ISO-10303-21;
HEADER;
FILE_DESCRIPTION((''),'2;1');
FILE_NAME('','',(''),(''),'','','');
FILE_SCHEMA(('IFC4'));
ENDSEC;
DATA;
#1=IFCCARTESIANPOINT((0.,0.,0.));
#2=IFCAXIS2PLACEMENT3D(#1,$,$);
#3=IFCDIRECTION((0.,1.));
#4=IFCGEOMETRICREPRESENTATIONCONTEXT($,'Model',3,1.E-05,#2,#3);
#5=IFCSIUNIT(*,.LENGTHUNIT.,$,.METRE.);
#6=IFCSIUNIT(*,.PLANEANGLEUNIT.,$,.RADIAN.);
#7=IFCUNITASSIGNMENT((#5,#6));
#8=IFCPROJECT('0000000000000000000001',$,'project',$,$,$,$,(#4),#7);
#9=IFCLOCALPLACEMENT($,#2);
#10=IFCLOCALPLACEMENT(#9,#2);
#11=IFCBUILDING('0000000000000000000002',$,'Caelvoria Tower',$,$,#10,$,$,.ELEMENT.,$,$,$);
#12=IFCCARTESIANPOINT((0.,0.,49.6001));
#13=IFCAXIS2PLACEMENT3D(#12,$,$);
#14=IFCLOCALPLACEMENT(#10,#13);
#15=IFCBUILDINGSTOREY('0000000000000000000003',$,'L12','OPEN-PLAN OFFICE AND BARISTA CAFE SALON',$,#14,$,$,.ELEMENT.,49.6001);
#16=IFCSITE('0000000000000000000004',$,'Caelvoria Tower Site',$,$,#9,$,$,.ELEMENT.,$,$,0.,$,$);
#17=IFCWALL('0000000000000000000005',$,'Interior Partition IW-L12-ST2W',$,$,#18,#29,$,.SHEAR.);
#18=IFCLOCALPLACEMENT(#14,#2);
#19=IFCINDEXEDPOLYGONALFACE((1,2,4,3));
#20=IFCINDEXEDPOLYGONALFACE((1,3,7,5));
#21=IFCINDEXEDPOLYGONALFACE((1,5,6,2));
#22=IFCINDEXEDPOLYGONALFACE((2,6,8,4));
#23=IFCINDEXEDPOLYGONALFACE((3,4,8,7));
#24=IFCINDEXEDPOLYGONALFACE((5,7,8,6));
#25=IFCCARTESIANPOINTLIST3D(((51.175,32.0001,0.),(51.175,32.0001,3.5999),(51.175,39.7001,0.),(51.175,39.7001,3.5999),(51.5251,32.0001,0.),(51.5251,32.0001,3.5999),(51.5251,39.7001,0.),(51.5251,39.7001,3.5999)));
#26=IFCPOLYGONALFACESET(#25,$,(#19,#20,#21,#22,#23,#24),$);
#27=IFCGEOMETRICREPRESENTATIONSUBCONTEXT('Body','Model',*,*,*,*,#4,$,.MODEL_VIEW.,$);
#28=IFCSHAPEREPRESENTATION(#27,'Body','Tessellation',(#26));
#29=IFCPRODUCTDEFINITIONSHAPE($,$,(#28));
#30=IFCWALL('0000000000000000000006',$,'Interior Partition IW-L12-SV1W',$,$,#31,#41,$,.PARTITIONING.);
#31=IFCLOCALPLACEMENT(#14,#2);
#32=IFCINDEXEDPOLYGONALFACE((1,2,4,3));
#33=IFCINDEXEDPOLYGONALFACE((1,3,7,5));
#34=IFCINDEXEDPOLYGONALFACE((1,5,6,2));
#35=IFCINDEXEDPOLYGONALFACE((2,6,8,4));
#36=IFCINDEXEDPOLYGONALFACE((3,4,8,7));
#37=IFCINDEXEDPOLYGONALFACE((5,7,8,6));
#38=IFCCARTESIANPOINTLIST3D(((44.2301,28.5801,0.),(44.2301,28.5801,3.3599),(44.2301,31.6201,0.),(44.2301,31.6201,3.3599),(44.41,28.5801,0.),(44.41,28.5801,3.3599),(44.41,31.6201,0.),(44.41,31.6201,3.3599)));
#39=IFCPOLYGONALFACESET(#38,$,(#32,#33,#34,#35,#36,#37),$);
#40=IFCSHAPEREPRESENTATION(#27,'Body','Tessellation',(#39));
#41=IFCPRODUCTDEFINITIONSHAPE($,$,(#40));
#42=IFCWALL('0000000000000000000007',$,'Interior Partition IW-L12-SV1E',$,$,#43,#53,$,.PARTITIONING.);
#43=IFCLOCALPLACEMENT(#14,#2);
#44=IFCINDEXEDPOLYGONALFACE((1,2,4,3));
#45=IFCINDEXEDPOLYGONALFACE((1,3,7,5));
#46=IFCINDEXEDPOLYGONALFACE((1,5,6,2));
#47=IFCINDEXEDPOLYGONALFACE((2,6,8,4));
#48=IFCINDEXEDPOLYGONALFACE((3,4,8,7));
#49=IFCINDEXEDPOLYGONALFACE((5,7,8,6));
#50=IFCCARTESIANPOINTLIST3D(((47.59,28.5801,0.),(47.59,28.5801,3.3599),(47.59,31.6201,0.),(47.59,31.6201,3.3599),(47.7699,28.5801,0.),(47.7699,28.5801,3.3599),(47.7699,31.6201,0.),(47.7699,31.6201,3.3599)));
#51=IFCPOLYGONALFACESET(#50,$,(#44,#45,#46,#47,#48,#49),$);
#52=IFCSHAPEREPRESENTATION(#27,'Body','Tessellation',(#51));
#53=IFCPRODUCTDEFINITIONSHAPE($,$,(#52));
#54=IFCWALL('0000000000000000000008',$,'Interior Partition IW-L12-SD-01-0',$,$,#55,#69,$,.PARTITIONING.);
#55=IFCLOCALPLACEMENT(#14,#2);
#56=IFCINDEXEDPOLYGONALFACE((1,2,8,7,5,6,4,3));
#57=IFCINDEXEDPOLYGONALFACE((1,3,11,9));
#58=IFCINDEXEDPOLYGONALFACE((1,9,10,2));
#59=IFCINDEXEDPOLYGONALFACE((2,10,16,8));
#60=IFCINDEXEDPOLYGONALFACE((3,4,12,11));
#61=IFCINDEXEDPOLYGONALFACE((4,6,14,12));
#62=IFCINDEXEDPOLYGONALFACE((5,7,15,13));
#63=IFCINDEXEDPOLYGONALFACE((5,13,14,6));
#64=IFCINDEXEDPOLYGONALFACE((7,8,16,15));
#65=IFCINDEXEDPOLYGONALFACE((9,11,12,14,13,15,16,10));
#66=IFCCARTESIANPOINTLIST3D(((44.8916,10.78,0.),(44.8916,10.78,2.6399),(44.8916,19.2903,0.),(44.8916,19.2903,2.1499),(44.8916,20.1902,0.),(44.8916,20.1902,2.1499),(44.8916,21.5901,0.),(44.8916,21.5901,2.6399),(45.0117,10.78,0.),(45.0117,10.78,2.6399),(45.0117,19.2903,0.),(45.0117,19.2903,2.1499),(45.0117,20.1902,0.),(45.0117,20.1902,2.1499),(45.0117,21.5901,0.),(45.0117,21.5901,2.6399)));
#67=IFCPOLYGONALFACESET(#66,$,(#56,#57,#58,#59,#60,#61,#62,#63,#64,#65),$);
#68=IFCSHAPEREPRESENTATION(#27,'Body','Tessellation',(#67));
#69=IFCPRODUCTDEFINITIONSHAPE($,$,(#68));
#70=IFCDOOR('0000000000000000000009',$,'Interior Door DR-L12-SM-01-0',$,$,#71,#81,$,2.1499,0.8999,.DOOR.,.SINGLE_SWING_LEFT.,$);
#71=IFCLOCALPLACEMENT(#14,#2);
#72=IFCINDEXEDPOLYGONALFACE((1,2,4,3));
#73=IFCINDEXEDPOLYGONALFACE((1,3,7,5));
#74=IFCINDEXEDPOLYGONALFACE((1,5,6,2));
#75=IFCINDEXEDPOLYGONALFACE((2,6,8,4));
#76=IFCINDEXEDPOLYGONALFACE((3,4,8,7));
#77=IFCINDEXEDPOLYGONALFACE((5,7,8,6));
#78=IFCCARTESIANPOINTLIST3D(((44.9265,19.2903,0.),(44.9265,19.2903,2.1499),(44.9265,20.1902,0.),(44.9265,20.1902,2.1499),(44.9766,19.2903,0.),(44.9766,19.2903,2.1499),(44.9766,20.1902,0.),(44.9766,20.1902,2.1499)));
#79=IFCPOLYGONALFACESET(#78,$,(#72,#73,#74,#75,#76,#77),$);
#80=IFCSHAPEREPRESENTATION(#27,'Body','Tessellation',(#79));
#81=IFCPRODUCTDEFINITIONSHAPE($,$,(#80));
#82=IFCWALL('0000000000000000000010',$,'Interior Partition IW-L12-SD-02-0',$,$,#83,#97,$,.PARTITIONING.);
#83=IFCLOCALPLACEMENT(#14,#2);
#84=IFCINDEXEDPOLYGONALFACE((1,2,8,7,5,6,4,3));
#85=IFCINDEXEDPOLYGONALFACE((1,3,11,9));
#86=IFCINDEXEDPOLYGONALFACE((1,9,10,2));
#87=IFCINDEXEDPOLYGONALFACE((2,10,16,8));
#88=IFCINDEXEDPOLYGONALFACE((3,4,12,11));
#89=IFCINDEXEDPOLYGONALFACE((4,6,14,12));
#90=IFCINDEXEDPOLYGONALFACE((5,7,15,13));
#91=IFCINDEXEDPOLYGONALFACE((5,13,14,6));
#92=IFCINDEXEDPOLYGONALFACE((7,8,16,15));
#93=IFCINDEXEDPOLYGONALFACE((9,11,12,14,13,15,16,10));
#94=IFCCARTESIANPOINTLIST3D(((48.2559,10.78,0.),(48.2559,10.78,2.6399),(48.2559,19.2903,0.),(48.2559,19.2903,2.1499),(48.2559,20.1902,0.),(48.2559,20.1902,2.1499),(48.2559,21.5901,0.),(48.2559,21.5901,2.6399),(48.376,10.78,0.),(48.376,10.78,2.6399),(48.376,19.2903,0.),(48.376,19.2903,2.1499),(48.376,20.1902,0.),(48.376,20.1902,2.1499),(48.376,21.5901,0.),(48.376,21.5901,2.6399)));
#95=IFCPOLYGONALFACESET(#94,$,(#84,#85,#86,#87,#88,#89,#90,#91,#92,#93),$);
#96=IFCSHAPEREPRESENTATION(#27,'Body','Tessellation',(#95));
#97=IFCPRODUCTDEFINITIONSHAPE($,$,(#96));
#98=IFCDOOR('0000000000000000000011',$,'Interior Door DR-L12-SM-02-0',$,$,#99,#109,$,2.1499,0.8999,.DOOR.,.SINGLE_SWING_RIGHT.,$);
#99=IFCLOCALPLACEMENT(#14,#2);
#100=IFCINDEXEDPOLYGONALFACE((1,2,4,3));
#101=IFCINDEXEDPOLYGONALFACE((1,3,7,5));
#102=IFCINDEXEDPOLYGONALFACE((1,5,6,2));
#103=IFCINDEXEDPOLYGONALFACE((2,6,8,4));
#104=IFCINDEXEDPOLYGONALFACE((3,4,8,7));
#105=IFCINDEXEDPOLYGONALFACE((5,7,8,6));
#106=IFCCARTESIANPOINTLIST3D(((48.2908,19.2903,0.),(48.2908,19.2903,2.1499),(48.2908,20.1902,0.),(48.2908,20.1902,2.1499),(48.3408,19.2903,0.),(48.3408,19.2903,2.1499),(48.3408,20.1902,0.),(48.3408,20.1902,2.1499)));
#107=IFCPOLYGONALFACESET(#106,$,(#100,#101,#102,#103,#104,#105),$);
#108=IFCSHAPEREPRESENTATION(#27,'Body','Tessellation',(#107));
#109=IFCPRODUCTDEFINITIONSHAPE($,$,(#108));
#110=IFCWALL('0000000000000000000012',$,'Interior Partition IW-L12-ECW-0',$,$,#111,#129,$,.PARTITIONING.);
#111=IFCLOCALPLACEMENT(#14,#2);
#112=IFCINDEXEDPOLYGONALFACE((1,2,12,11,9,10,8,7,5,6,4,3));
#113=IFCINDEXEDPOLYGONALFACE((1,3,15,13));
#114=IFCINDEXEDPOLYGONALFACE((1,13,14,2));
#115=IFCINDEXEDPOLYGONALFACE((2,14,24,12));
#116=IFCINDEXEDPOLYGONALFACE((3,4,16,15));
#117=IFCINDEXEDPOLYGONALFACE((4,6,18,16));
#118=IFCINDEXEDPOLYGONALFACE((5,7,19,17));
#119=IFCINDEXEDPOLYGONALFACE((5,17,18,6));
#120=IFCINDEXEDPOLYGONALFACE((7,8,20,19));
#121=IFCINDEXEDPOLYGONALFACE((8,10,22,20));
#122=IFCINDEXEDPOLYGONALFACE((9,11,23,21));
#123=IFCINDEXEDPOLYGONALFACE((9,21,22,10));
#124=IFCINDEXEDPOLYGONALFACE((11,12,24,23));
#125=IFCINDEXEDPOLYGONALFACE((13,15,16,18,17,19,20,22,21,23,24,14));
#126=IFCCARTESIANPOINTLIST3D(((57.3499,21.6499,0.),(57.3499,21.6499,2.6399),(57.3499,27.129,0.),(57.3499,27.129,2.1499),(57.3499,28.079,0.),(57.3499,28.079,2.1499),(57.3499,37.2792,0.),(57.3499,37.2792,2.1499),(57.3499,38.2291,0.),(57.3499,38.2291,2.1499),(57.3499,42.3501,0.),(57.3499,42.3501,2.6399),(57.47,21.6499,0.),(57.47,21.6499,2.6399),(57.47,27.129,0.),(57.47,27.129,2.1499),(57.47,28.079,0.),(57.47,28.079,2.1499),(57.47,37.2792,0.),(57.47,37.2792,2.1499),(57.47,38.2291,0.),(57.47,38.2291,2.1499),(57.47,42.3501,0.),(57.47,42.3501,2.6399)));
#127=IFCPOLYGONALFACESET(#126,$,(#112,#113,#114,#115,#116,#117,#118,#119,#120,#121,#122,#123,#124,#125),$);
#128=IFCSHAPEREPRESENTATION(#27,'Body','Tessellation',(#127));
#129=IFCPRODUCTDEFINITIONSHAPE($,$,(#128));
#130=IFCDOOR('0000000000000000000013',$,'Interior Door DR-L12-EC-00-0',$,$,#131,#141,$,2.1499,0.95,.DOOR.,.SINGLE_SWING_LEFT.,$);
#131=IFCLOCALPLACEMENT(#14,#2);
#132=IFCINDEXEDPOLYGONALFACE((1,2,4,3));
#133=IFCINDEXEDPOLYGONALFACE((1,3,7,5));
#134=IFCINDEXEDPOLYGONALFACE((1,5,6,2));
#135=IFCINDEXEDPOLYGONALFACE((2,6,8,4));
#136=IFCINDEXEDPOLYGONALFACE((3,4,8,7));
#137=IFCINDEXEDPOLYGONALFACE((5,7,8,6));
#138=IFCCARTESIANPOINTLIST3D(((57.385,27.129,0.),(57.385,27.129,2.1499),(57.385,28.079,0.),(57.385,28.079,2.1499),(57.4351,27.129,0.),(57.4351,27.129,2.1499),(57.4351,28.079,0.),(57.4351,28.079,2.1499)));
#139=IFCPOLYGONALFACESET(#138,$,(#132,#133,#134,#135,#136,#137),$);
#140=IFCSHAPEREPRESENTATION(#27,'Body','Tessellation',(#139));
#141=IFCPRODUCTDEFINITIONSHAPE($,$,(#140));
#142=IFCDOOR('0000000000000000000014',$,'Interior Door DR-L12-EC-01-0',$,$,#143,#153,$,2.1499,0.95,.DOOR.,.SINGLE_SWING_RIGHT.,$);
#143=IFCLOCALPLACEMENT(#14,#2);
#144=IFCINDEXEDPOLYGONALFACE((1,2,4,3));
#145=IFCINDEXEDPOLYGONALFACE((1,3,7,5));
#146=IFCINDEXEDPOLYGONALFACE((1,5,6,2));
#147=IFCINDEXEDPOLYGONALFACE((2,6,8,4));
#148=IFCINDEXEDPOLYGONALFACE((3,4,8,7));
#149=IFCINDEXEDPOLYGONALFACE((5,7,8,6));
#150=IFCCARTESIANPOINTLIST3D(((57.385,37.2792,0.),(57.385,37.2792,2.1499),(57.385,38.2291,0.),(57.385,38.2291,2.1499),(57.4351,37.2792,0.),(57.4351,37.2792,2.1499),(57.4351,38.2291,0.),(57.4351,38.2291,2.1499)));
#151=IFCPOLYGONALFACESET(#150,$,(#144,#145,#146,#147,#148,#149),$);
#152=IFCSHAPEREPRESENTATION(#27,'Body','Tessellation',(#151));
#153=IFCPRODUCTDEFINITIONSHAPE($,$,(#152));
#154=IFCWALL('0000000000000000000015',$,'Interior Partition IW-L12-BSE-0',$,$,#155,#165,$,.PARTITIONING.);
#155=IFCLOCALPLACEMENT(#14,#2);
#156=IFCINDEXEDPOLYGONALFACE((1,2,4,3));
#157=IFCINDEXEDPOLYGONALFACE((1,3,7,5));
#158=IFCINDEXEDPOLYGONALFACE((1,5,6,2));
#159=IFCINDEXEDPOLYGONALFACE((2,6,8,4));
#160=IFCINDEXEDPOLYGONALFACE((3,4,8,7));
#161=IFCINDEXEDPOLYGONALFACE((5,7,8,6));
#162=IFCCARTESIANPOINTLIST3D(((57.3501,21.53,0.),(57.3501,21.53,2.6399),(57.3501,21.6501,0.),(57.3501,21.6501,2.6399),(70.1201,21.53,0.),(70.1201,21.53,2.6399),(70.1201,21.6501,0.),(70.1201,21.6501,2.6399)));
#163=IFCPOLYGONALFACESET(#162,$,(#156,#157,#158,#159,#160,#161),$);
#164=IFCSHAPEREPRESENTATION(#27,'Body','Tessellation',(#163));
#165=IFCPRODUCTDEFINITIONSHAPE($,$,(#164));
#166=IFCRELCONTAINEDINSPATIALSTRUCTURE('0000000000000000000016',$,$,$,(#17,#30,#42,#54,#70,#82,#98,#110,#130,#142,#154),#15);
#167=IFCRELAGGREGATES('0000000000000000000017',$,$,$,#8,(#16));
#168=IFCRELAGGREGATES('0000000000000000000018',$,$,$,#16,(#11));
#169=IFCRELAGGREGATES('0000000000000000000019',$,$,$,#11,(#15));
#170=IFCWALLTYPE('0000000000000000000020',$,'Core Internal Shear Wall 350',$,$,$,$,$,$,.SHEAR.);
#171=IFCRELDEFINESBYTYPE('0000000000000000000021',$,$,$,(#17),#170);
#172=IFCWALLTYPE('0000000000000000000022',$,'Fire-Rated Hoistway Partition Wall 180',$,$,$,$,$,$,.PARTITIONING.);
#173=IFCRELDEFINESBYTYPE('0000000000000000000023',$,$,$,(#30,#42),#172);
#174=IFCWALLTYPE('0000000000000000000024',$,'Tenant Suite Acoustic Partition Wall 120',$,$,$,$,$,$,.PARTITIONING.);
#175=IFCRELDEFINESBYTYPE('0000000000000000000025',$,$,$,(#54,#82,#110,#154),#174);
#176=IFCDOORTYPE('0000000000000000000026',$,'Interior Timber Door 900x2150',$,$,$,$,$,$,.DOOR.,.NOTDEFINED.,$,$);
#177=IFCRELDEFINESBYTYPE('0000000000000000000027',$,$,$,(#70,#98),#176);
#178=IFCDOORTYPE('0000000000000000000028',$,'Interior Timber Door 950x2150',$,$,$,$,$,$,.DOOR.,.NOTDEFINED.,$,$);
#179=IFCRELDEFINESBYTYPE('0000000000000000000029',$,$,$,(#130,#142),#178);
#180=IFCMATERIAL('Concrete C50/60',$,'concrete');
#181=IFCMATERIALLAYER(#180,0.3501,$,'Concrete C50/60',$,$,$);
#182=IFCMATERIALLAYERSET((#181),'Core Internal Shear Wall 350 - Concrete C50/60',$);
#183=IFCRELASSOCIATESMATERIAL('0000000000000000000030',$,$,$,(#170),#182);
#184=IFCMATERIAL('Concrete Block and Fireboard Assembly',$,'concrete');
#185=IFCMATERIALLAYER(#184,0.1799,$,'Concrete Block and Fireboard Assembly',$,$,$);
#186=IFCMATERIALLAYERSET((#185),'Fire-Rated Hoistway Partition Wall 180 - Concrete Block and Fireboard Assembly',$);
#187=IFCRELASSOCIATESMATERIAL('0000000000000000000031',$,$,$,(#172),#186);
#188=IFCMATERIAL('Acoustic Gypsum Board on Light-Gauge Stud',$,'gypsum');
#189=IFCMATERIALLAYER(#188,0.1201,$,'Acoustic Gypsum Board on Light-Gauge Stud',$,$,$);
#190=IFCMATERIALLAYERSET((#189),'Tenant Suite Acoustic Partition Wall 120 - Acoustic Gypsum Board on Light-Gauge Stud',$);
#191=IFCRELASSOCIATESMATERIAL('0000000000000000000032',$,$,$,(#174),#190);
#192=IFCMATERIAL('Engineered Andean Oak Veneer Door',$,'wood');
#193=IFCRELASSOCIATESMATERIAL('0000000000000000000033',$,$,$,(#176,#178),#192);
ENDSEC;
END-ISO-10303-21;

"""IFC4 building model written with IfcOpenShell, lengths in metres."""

from ifc_helpers import new_model, si_unit, direction, frame, frame_2d, origin, place, context, subcontext, project, spatial, rectangle, extrude, material, layer, layer_set, type_object, element, fill, save


model = new_model("IFC4")

# Units and contexts
model_context = context("Model", 3, precision=1e-05, world=origin(), true_north=direction((0.0, 1.0)))
body_context = subcontext(model_context, "Body", "Model", "MODEL_VIEW")
ifc_project = project(units=[si_unit("LENGTHUNIT", "METRE"), si_unit("PLANEANGLEUNIT", "RADIAN")], contexts=[model_context])

# Site, building, storey
site_placement = place(None, origin())
site = spatial("IfcSite", under=ifc_project, at=site_placement, Name="Caelvoria Tower Site", CompositionType="ELEMENT", RefElevation=0.0)
building_placement = place(site_placement, origin())
building = spatial("IfcBuilding", under=site, at=building_placement, Name="Caelvoria Tower", CompositionType="ELEMENT")
storey_placement = place(building_placement, frame((0.0, 0.0, 49.6001)))
storey = spatial("IfcBuildingStorey", under=building, at=storey_placement, Name="L12", Description="OPEN-PLAN OFFICE AND BARISTA CAFE SALON", CompositionType="ELEMENT", Elevation=49.6001)

# Wall
ifc_material_1 = material(Name="Concrete C50/60", Category="concrete")
ifc_layer_1 = layer(ifc_material_1, 0.3501, Name="Concrete C50/60")
ifc_layer_set_1 = layer_set([ifc_layer_1], Name="Core Internal Shear Wall 350 - Concrete C50/60")
wall_type_1 = type_object("IfcWallType", Name="Core Internal Shear Wall 350", PredefinedType="SHEAR", material=ifc_layer_set_1)
wall_1_placement = place(storey_placement, frame((51.3501, 32.0, 0.0), z_axis=(0.0, 0.0, 1.0), x_axis=(0.0, 1.0, 0.0)))
element("IfcWall", 1, at=wall_1_placement, inside=storey, type_object=wall_type_1, Name="Interior Partition IW-L12-ST2W", PredefinedType="SHEAR", context=body_context, shape_type="SweptSolid", body=[
    extrude(rectangle(XDim=7.7, YDim=0.3501, at=frame_2d((3.8501, 0.0))), origin(), (0.0, 0.0, 1.0), 3.5999),
])

# Walls
ifc_material_2 = material(Name="Concrete Block and Fireboard Assembly", Category="concrete")
ifc_layer_2 = layer(ifc_material_2, 0.1799, Name="Concrete Block and Fireboard Assembly")
ifc_layer_set_2 = layer_set([ifc_layer_2], Name="Fire-Rated Hoistway Partition Wall 180 - Concrete Block and Fireboard Assembly")
wall_type_2 = type_object("IfcWallType", Name="Fire-Rated Hoistway Partition Wall 180", PredefinedType="PARTITIONING", material=ifc_layer_set_2)
for number, where, z_axis, x_axis, name in (
    (2, (44.3201, 28.5801, 0.0), (0.0, 0.0, 1.0), (0.0, 1.0, 0.0), "Interior Partition IW-L12-SV1W"),
    (3, (47.6799, 28.5801, 0.0), (0.0, 0.0, 1.0), (0.0, 1.0, 0.0), "Interior Partition IW-L12-SV1E"),
):
    element("IfcWall", number, at=place(storey_placement, frame(where, z_axis=z_axis, x_axis=x_axis)), inside=storey, type_object=wall_type_2, Name=name, PredefinedType="PARTITIONING", context=body_context, shape_type="SweptSolid", body=[
        extrude(rectangle(XDim=3.04, YDim=0.1799, at=frame_2d((1.52, 0.0))), origin(), (0.0, 0.0, 1.0), 3.3599),
    ])

# Walls, openings, doors
ifc_material_3 = material(Name="Acoustic Gypsum Board on Light-Gauge Stud", Category="gypsum")
ifc_layer_3 = layer(ifc_material_3, 0.1201, Name="Acoustic Gypsum Board on Light-Gauge Stud")
ifc_layer_set_3 = layer_set([ifc_layer_3], Name="Tenant Suite Acoustic Partition Wall 120 - Acoustic Gypsum Board on Light-Gauge Stud")
wall_type_3 = type_object("IfcWallType", Name="Tenant Suite Acoustic Partition Wall 120", PredefinedType="PARTITIONING", material=ifc_layer_set_3)
wall_2_placement = place(storey_placement, frame((44.9517, 21.5901, 0.0), z_axis=(0.0, 0.0, 1.0), x_axis=(0.0, -1.0, 0.0)))
wall_2 = element("IfcWall", 4, at=wall_2_placement, inside=storey, type_object=wall_type_3, Name="Interior Partition IW-L12-SD-01-0", PredefinedType="PARTITIONING", context=body_context, shape_type="SweptSolid", body=[
    extrude(rectangle(XDim=10.8101, YDim=0.1201, at=frame_2d((5.405, 0.0))), origin(), (0.0, 0.0, 1.0), 2.6399),
])
opening_1_placement = place(wall_2_placement, frame((1.3999, 0.0, 0.0)))
opening_1 = element("IfcOpeningElement", 5, at=opening_1_placement, cuts=wall_2, PredefinedType="OPENING", context=body_context, shape_type="SweptSolid", body=[
    extrude(rectangle(XDim=0.8999, YDim=2.1499, at=frame_2d((0.45, 1.075))), frame((0.0, 0.0701, 0.0), z_axis=(0.0, -1.0, 0.0), x_axis=(1.0, 0.0, 0.0)), (0.0, 0.0, 1.0), 0.1401),
])
ifc_material_4 = material(Name="Engineered Andean Oak Veneer Door", Category="wood")
door_type_1 = type_object("IfcDoorType", Name="Interior Timber Door 900x2150", OperationType="NOTDEFINED", PredefinedType="DOOR", material=ifc_material_4)
door_1_placement = place(opening_1_placement, origin())
door_1 = element("IfcDoor", 6, at=door_1_placement, inside=storey, type_object=door_type_1, Name="Interior Door DR-L12-SM-01-0", OperationType="SINGLE_SWING_LEFT", OverallHeight=2.1499, OverallWidth=0.8999, PredefinedType="DOOR", context=body_context, shape_type="SweptSolid", body=[
    extrude(rectangle(XDim=0.8999, YDim=2.1499, at=frame_2d((0.45, 1.075))), frame((0.0, 0.0249, 0.0), z_axis=(0.0, -1.0, 0.0), x_axis=(1.0, 0.0, 0.0)), (0.0, 0.0, 1.0), 0.05),
])
fill(opening_1, door_1)
wall_3_placement = place(storey_placement, frame((48.3159, 21.5901, 0.0), z_axis=(0.0, 0.0, 1.0), x_axis=(0.0, -1.0, 0.0)))
wall_3 = element("IfcWall", 7, at=wall_3_placement, inside=storey, type_object=wall_type_3, Name="Interior Partition IW-L12-SD-02-0", PredefinedType="PARTITIONING", context=body_context, shape_type="SweptSolid", body=[
    extrude(rectangle(XDim=10.8101, YDim=0.1201, at=frame_2d((5.405, 0.0))), origin(), (0.0, 0.0, 1.0), 2.6399),
])
opening_2_placement = place(wall_3_placement, frame((1.3999, 0.0, 0.0)))
opening_2 = element("IfcOpeningElement", 8, at=opening_2_placement, cuts=wall_3, PredefinedType="OPENING", context=body_context, shape_type="SweptSolid", body=[
    extrude(rectangle(XDim=0.8999, YDim=2.1499, at=frame_2d((0.45, 1.075))), frame((0.0, 0.0701, 0.0), z_axis=(0.0, -1.0, 0.0), x_axis=(1.0, 0.0, 0.0)), (0.0, 0.0, 1.0), 0.1401),
])
door_2_placement = place(opening_2_placement, origin())
door_2 = element("IfcDoor", 9, at=door_2_placement, inside=storey, type_object=door_type_1, Name="Interior Door DR-L12-SM-02-0", OperationType="SINGLE_SWING_RIGHT", OverallHeight=2.1499, OverallWidth=0.8999, PredefinedType="DOOR", context=body_context, shape_type="SweptSolid", body=[
    extrude(rectangle(XDim=0.8999, YDim=2.1499, at=frame_2d((0.45, 1.075))), frame((0.0, 0.0249, 0.0), z_axis=(0.0, -1.0, 0.0), x_axis=(1.0, 0.0, 0.0)), (0.0, 0.0, 1.0), 0.05),
])
fill(opening_2, door_2)

# Wall, openings, doors
wall_4_placement = place(storey_placement, frame((57.4099, 21.6499, 0.0), z_axis=(0.0, 0.0, 1.0), x_axis=(0.0, 1.0, 0.0)))
wall_4 = element("IfcWall", 10, at=wall_4_placement, inside=storey, type_object=wall_type_3, Name="Interior Partition IW-L12-ECW-0", PredefinedType="PARTITIONING", context=body_context, shape_type="SweptSolid", body=[
    extrude(rectangle(XDim=20.7002, YDim=0.1201, at=frame_2d((10.3501, 0.0))), origin(), (0.0, 0.0, 1.0), 2.6399),
])
opening_3_placement = place(wall_4_placement, frame((5.479, 0.0, 0.0)))
opening_3 = element("IfcOpeningElement", 11, at=opening_3_placement, cuts=wall_4, PredefinedType="OPENING", context=body_context, shape_type="SweptSolid", body=[
    extrude(rectangle(XDim=0.95, YDim=2.1499, at=frame_2d((0.4751, 1.075))), frame((0.0, 0.0701, 0.0), z_axis=(0.0, -1.0, 0.0), x_axis=(1.0, 0.0, 0.0)), (0.0, 0.0, 1.0), 0.1401),
])
opening_4_placement = place(wall_4_placement, frame((15.6292, 0.0, 0.0)))
opening_4 = element("IfcOpeningElement", 12, at=opening_4_placement, cuts=wall_4, PredefinedType="OPENING", context=body_context, shape_type="SweptSolid", body=[
    extrude(rectangle(XDim=0.95, YDim=2.1499, at=frame_2d((0.4751, 1.075))), frame((0.0, 0.0701, 0.0), z_axis=(0.0, -1.0, 0.0), x_axis=(1.0, 0.0, 0.0)), (0.0, 0.0, 1.0), 0.1401),
])
door_type_2 = type_object("IfcDoorType", Name="Interior Timber Door 950x2150", OperationType="NOTDEFINED", PredefinedType="DOOR", material=ifc_material_4)
door_3_placement = place(opening_3_placement, origin())
door_3 = element("IfcDoor", 13, at=door_3_placement, inside=storey, type_object=door_type_2, Name="Interior Door DR-L12-EC-00-0", OperationType="SINGLE_SWING_LEFT", OverallHeight=2.1499, OverallWidth=0.95, PredefinedType="DOOR", context=body_context, shape_type="SweptSolid", body=[
    extrude(rectangle(XDim=0.95, YDim=2.1499, at=frame_2d((0.4751, 1.075))), frame((0.0, 0.0249, 0.0), z_axis=(0.0, -1.0, 0.0), x_axis=(1.0, 0.0, 0.0)), (0.0, 0.0, 1.0), 0.05),
])
fill(opening_3, door_3)
door_4_placement = place(opening_4_placement, origin())
door_4 = element("IfcDoor", 14, at=door_4_placement, inside=storey, type_object=door_type_2, Name="Interior Door DR-L12-EC-01-0", OperationType="SINGLE_SWING_RIGHT", OverallHeight=2.1499, OverallWidth=0.95, PredefinedType="DOOR", context=body_context, shape_type="SweptSolid", body=[
    extrude(rectangle(XDim=0.95, YDim=2.1499, at=frame_2d((0.4751, 1.075))), frame((0.0, 0.0249, 0.0), z_axis=(0.0, -1.0, 0.0), x_axis=(1.0, 0.0, 0.0)), (0.0, 0.0, 1.0), 0.05),
])
fill(opening_4, door_4)

# Wall
wall_5_placement = place(storey_placement, frame((57.3501, 21.5901, 0.0), z_axis=(0.0, 0.0, 1.0), x_axis=(1.0, 0.0, 0.0)))
element("IfcWall", 15, at=wall_5_placement, inside=storey, type_object=wall_type_3, Name="Interior Partition IW-L12-BSE-0", PredefinedType="PARTITIONING", context=body_context, shape_type="SweptSolid", body=[
    extrude(rectangle(XDim=12.77, YDim=0.1201, at=frame_2d((6.385, 0.0))), origin(), (0.0, 0.0, 1.0), 2.6399),
])

save(model, "model.ifc")
